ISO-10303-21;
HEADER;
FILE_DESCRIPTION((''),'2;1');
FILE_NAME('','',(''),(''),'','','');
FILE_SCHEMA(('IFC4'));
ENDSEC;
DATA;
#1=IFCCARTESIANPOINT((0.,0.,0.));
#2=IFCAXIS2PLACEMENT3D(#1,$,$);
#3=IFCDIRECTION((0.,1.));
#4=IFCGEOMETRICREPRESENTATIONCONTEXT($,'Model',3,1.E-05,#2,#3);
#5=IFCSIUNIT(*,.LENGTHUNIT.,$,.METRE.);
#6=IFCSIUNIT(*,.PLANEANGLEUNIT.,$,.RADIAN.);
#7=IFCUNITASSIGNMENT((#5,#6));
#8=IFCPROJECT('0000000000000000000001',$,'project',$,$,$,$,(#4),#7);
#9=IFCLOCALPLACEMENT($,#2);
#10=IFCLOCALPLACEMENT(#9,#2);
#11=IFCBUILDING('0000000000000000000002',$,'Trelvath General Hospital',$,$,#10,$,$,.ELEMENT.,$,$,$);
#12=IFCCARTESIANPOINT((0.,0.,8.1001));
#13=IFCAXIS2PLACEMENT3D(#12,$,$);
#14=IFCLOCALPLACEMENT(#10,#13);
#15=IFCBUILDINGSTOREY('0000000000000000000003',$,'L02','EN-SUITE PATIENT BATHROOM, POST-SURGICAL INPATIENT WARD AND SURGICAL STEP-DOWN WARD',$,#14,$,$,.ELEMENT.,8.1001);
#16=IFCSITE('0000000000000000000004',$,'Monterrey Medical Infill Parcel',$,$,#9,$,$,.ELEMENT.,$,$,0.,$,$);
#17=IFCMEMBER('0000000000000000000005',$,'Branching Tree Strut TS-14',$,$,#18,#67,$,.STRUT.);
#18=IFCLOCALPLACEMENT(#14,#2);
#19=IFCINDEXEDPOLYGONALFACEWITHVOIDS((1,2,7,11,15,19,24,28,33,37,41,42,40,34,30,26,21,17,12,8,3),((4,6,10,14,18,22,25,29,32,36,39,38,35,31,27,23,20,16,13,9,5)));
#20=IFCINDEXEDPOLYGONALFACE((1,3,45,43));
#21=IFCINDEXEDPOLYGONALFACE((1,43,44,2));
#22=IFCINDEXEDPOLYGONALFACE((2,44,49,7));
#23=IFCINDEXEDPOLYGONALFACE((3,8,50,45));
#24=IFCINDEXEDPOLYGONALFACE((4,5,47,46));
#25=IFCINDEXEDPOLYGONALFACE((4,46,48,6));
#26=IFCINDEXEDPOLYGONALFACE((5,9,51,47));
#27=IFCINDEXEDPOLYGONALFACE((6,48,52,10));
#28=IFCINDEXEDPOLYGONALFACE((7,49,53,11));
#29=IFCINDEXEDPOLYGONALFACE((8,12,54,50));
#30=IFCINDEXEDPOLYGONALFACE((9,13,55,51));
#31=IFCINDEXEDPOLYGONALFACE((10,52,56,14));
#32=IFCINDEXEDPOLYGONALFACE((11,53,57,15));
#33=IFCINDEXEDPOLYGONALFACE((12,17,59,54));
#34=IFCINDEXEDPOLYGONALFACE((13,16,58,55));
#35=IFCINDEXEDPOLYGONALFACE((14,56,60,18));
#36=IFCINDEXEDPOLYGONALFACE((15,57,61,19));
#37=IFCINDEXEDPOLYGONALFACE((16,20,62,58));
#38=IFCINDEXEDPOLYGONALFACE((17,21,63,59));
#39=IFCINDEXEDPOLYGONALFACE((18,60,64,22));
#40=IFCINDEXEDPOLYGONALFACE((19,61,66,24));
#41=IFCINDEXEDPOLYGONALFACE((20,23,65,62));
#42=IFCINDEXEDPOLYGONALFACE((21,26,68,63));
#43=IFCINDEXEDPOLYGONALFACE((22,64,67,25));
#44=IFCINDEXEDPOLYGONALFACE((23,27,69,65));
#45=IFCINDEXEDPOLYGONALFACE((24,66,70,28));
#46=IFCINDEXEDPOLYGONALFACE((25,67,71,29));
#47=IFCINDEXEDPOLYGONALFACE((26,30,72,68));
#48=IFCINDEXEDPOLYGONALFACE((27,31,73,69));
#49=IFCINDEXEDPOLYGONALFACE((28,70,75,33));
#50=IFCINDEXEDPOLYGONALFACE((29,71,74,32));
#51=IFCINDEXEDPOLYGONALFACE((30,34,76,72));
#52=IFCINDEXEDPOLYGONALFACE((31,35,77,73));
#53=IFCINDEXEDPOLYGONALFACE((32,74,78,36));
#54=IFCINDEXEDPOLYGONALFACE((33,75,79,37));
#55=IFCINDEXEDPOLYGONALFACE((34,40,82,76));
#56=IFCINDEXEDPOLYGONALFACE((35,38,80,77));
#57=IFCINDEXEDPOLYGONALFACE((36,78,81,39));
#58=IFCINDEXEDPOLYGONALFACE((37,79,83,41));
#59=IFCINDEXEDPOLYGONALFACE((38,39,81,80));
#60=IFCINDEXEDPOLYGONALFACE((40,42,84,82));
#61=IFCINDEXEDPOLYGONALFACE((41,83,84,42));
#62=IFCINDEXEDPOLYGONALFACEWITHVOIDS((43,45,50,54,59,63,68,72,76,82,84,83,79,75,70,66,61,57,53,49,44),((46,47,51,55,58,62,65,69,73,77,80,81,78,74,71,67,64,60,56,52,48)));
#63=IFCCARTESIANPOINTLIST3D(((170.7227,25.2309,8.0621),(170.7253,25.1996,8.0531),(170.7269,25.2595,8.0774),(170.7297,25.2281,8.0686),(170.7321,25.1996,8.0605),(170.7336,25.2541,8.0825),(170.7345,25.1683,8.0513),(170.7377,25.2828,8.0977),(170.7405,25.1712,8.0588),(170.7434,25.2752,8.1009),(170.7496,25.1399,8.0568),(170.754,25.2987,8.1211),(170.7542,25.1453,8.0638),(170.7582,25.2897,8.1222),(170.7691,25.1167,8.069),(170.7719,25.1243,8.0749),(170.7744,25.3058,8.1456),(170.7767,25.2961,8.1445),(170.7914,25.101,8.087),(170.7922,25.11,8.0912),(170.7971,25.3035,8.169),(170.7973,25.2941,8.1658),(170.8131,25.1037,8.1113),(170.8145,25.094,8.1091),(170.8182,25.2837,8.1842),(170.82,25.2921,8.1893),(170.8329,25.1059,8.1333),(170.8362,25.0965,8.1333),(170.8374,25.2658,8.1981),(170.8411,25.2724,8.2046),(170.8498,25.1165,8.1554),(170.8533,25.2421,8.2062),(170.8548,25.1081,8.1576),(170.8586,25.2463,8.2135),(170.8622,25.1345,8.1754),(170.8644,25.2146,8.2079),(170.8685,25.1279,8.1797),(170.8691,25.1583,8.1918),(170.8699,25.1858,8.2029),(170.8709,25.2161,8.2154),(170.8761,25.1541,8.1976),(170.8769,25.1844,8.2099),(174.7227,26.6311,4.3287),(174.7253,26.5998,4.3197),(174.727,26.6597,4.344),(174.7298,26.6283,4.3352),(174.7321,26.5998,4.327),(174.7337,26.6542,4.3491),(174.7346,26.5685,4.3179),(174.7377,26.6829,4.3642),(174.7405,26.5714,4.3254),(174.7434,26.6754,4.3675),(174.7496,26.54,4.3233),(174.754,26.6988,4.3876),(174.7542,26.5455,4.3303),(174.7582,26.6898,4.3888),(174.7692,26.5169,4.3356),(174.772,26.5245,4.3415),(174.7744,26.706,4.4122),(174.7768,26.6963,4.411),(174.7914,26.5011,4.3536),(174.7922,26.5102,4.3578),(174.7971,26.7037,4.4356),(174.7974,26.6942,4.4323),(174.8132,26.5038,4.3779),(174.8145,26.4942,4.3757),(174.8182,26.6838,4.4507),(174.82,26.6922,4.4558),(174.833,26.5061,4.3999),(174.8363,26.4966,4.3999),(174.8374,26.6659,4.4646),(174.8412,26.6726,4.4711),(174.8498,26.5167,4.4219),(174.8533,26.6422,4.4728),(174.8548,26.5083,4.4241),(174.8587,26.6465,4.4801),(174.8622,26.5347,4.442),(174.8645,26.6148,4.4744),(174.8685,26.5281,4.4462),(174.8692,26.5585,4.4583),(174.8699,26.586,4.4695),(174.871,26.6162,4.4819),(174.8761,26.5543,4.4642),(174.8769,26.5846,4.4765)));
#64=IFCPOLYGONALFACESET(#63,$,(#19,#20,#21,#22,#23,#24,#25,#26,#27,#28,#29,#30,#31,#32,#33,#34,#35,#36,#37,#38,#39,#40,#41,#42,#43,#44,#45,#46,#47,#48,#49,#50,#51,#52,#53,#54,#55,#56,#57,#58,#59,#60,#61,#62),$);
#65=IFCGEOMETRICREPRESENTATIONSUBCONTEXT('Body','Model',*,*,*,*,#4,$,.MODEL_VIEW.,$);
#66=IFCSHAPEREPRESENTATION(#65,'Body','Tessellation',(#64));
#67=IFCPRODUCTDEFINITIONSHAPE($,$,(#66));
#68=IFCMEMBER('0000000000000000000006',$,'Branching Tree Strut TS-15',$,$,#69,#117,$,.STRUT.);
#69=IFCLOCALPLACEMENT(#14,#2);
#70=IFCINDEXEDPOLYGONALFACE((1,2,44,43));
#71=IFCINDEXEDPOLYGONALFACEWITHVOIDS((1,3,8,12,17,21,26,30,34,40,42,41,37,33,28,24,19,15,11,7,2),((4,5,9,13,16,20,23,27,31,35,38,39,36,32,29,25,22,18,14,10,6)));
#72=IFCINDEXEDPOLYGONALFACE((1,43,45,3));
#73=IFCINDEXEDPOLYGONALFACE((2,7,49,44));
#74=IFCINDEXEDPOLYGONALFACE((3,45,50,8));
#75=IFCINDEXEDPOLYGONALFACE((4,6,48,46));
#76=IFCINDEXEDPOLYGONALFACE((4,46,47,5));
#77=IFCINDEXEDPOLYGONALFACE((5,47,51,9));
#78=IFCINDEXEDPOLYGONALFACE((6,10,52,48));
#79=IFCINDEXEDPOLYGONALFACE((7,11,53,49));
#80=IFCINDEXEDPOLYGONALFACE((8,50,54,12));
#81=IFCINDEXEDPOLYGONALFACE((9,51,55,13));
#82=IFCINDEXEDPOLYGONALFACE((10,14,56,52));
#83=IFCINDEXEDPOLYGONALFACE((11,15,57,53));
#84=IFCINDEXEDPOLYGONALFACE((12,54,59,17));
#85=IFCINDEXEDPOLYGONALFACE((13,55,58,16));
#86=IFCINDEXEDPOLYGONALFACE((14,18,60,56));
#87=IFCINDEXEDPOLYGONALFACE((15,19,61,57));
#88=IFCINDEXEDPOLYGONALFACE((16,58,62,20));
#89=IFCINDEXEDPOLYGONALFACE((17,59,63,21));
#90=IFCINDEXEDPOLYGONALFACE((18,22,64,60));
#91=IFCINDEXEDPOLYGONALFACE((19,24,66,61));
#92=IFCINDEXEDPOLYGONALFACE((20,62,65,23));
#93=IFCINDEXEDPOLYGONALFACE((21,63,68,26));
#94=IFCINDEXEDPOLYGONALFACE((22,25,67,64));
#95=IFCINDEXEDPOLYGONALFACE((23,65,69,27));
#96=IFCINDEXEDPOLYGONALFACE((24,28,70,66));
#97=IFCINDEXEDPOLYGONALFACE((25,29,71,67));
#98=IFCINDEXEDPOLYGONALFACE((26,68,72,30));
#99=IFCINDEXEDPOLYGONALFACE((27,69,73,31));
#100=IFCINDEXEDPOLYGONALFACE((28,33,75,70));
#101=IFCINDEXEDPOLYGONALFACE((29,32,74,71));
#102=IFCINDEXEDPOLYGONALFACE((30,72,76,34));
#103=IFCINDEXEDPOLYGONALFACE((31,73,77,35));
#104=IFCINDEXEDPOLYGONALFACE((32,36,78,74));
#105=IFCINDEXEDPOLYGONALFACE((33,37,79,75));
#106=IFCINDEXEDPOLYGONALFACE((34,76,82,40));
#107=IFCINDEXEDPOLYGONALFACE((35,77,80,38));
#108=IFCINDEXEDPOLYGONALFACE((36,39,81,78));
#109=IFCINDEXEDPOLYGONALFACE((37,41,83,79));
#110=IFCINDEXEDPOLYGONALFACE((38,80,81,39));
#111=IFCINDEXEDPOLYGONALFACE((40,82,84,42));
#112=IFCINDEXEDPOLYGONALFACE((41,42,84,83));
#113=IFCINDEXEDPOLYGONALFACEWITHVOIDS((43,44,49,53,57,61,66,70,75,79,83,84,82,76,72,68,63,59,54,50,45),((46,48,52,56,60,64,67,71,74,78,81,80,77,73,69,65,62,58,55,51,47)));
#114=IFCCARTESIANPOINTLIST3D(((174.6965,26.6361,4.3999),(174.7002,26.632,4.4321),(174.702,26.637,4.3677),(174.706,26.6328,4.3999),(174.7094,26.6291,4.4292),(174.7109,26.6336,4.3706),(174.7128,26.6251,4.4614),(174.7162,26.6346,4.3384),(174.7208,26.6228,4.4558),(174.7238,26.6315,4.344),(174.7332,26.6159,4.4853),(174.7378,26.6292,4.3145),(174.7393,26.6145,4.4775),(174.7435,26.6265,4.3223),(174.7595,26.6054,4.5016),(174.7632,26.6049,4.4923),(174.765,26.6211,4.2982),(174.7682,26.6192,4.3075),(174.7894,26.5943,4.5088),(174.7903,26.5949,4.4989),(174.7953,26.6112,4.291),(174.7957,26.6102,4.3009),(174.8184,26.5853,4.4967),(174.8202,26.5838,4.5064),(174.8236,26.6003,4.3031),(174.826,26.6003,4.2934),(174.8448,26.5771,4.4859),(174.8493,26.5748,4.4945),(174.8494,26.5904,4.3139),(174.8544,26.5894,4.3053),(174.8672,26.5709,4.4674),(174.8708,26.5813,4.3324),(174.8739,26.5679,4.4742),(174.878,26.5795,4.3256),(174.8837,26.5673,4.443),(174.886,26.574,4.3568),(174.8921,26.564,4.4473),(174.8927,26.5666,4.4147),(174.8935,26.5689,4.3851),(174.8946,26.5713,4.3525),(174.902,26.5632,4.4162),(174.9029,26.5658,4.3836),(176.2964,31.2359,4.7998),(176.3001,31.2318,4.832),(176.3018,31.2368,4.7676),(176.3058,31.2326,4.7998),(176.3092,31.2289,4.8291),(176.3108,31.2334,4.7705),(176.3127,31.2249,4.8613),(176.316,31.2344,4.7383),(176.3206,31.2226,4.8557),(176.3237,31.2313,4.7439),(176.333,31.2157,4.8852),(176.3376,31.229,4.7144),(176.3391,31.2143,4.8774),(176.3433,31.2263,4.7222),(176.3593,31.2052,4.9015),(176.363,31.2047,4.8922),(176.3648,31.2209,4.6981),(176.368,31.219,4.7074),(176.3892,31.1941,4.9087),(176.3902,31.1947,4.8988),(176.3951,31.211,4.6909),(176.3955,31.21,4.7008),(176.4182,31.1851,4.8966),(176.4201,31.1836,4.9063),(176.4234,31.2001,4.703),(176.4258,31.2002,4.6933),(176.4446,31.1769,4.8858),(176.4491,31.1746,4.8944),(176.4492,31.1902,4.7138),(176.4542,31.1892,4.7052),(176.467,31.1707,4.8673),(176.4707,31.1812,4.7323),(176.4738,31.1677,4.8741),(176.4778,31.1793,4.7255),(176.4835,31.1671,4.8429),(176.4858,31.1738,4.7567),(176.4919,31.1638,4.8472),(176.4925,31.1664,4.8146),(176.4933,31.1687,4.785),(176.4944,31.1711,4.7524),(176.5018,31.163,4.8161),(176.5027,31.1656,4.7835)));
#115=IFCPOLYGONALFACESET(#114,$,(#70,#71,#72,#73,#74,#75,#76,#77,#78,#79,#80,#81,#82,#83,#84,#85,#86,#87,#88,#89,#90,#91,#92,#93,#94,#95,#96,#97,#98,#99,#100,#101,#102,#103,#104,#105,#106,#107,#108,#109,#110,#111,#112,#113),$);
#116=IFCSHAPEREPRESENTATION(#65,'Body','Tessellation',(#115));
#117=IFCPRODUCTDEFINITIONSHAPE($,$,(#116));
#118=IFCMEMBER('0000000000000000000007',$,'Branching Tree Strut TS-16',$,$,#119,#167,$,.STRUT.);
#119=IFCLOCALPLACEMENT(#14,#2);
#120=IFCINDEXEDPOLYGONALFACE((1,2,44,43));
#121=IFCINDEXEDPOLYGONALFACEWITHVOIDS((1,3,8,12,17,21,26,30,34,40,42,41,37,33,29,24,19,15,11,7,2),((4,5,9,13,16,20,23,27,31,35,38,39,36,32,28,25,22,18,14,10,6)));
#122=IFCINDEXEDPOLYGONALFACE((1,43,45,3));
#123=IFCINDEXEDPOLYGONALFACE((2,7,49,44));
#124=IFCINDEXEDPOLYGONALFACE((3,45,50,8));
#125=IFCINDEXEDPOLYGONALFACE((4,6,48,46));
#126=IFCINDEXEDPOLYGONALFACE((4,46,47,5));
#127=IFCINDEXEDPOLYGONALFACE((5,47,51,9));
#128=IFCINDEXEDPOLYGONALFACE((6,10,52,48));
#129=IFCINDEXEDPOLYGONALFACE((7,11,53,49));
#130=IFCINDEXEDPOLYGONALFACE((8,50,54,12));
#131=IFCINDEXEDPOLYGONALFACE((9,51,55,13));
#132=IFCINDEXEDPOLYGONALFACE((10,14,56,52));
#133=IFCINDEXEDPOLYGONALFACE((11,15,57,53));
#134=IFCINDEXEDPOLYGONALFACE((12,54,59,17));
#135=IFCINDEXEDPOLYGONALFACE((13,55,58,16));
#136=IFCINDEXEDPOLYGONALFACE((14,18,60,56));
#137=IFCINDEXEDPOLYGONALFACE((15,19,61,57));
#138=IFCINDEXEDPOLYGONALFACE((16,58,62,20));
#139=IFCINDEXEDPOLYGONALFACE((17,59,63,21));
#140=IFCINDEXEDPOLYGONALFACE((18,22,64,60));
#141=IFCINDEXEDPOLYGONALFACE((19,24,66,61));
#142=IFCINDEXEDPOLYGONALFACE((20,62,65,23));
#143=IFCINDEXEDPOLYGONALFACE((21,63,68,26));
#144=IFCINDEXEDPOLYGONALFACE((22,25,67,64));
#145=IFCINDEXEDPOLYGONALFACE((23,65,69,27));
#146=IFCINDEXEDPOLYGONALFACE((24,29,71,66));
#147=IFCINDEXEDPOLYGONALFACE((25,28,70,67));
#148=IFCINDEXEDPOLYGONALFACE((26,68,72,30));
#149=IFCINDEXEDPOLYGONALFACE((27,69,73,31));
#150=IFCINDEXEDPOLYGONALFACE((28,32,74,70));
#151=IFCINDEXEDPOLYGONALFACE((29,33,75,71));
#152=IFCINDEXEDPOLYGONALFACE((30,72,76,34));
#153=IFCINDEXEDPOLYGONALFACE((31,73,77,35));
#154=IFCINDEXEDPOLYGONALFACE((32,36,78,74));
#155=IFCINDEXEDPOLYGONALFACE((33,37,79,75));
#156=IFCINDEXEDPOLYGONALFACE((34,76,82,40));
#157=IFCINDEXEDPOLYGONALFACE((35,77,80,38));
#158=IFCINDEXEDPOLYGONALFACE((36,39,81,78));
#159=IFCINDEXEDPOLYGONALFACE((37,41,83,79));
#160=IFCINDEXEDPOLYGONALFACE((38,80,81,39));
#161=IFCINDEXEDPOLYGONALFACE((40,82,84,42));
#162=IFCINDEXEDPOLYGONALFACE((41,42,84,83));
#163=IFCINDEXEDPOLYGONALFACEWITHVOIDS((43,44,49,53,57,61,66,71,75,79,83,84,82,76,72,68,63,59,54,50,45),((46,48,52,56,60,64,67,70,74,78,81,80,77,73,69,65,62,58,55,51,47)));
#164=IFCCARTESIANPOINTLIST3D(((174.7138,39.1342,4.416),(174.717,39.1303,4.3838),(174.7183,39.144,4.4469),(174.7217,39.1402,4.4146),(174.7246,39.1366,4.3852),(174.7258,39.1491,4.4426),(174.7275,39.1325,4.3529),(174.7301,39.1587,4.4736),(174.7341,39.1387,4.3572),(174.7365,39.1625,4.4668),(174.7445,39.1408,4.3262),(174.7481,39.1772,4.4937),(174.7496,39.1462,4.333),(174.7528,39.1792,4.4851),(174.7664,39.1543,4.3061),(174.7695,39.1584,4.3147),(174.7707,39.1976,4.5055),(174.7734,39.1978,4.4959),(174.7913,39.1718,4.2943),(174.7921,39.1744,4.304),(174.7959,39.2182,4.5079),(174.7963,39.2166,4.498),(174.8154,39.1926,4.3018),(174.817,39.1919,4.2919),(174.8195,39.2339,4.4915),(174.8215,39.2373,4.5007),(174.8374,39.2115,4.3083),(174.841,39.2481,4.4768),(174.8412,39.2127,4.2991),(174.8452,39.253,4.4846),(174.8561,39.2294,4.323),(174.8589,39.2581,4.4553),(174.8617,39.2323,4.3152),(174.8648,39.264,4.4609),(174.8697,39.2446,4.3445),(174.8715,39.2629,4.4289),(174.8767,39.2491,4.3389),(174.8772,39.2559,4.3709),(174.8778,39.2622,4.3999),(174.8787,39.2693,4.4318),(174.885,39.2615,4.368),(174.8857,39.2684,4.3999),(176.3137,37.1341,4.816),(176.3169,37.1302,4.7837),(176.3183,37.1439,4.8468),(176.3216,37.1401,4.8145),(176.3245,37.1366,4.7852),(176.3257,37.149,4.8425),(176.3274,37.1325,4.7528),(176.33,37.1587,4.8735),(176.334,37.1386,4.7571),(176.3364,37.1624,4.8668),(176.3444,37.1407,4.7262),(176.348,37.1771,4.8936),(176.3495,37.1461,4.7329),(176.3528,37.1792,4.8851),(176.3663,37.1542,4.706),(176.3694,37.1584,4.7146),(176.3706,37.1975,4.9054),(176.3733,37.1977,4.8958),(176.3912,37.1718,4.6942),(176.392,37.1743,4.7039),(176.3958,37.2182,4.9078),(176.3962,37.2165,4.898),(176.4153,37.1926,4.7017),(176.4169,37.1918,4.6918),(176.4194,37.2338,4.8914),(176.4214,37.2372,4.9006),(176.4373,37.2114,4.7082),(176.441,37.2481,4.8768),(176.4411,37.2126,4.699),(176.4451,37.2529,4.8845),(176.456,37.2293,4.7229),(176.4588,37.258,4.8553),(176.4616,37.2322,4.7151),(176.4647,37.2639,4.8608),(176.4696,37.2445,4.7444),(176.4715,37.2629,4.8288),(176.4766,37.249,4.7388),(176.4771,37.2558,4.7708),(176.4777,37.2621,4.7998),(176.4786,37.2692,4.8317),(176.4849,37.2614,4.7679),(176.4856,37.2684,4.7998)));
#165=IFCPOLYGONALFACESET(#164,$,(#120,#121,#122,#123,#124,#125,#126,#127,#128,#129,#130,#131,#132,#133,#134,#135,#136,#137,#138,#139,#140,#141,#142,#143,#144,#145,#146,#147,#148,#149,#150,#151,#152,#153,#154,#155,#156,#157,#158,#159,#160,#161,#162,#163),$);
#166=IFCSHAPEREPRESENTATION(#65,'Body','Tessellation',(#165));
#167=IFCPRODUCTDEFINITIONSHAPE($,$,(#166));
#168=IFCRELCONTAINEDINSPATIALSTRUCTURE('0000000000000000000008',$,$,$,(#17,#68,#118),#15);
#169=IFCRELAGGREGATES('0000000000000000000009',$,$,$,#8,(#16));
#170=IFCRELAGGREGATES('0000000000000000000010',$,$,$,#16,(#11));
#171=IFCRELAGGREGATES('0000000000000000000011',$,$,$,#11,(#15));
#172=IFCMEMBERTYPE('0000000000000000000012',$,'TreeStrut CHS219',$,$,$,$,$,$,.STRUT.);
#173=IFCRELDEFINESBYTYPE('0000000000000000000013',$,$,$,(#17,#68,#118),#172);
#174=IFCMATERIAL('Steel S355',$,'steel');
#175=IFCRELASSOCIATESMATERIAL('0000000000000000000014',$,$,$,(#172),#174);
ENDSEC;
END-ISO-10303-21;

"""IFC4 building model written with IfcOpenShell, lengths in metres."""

from ifc_helpers import new_model, si_unit, direction, frame, origin, origin_2d, place, context, subcontext, project, spatial, hollow_circle, extrude, material, material_profile, profile_set, type_object, element, save


model = new_model("IFC4")

# Units and contexts
model_context = context("Model", 3, precision=1e-05, world=origin(), true_north=direction((0.0, 1.0)))
body_context = subcontext(model_context, "Body", "Model", "MODEL_VIEW")
ifc_project = project(units=[si_unit("LENGTHUNIT", "METRE"), si_unit("PLANEANGLEUNIT", "RADIAN")], contexts=[model_context])

# Site, building, storey
site_placement = place(None, origin())
site = spatial("IfcSite", under=ifc_project, at=site_placement, Name="Monterrey Medical Infill Parcel", CompositionType="ELEMENT", RefElevation=0.0)
building_placement = place(site_placement, origin())
building = spatial("IfcBuilding", under=site, at=building_placement, Name="Trelvath General Hospital", CompositionType="ELEMENT")
storey_placement = place(building_placement, frame((0.0, 0.0, 8.1001)))
storey = spatial("IfcBuildingStorey", under=building, at=storey_placement, Name="L02", Description="EN-SUITE PATIENT BATHROOM, POST-SURGICAL INPATIENT WARD AND SURGICAL STEP-DOWN WARD", CompositionType="ELEMENT", Elevation=8.1001)

# Members
ifc_material_1 = material(Name="Steel S355", Category="steel")
ifc_material_profile_1 = material_profile(ifc_material_1, hollow_circle(Radius=0.1096, WallThickness=0.01, at=origin_2d()), Name="CHS219.1x10.0")
ifc_profile_set_1 = profile_set([ifc_material_profile_1], Name="Steel S355")
member_type_1 = type_object("IfcMemberType", Name="TreeStrut CHS219", PredefinedType="STRUT", material=ifc_profile_set_1)
member_1_placement = place(storey_placement, frame((174.8, 26.6001, 4.3999), z_axis=(-0.708229, -0.247906, 0.661025), x_axis=(0.330381, -0.943848, 0.0)))
element("IfcMember", 1, at=member_1_placement, inside=storey, type_object=member_type_1, Name="Branching Tree Strut TS-14", PredefinedType="STRUT", context=body_context, shape_type="SweptSolid", body=[
    extrude(hollow_circle(Radius=0.1096, WallThickness=0.01, at=origin_2d()), origin(), (0.0, 0.0, 1.0), 5.6479),
])
member_2_placement = place(storey_placement, frame((174.8, 26.6001, 4.3999), z_axis=(0.327401, 0.941335, 0.081838), x_axis=(-0.944503, 0.328503, 0.0)))
element("IfcMember", 2, at=member_2_placement, inside=storey, type_object=member_type_1, Name="Branching Tree Strut TS-15", PredefinedType="STRUT", context=body_context, shape_type="SweptSolid", body=[
    extrude(hollow_circle(Radius=0.1096, WallThickness=0.01, at=origin_2d()), origin(), (0.0, 0.0, 1.0), 4.8865),
])
member_3_placement = place(storey_placement, frame((174.8, 39.2, 4.3999), z_axis=(0.617182, -0.771548, 0.154272), x_axis=(0.780897, 0.62466, 0.0)))
element("IfcMember", 3, at=member_3_placement, inside=storey, type_object=member_type_1, Name="Branching Tree Strut TS-16", PredefinedType="STRUT", context=body_context, shape_type="SweptSolid", body=[
    extrude(hollow_circle(Radius=0.1096, WallThickness=0.01, at=origin_2d()), origin(), (0.0, 0.0, 1.0), 2.5923),
])

save(model, "model.ifc")
